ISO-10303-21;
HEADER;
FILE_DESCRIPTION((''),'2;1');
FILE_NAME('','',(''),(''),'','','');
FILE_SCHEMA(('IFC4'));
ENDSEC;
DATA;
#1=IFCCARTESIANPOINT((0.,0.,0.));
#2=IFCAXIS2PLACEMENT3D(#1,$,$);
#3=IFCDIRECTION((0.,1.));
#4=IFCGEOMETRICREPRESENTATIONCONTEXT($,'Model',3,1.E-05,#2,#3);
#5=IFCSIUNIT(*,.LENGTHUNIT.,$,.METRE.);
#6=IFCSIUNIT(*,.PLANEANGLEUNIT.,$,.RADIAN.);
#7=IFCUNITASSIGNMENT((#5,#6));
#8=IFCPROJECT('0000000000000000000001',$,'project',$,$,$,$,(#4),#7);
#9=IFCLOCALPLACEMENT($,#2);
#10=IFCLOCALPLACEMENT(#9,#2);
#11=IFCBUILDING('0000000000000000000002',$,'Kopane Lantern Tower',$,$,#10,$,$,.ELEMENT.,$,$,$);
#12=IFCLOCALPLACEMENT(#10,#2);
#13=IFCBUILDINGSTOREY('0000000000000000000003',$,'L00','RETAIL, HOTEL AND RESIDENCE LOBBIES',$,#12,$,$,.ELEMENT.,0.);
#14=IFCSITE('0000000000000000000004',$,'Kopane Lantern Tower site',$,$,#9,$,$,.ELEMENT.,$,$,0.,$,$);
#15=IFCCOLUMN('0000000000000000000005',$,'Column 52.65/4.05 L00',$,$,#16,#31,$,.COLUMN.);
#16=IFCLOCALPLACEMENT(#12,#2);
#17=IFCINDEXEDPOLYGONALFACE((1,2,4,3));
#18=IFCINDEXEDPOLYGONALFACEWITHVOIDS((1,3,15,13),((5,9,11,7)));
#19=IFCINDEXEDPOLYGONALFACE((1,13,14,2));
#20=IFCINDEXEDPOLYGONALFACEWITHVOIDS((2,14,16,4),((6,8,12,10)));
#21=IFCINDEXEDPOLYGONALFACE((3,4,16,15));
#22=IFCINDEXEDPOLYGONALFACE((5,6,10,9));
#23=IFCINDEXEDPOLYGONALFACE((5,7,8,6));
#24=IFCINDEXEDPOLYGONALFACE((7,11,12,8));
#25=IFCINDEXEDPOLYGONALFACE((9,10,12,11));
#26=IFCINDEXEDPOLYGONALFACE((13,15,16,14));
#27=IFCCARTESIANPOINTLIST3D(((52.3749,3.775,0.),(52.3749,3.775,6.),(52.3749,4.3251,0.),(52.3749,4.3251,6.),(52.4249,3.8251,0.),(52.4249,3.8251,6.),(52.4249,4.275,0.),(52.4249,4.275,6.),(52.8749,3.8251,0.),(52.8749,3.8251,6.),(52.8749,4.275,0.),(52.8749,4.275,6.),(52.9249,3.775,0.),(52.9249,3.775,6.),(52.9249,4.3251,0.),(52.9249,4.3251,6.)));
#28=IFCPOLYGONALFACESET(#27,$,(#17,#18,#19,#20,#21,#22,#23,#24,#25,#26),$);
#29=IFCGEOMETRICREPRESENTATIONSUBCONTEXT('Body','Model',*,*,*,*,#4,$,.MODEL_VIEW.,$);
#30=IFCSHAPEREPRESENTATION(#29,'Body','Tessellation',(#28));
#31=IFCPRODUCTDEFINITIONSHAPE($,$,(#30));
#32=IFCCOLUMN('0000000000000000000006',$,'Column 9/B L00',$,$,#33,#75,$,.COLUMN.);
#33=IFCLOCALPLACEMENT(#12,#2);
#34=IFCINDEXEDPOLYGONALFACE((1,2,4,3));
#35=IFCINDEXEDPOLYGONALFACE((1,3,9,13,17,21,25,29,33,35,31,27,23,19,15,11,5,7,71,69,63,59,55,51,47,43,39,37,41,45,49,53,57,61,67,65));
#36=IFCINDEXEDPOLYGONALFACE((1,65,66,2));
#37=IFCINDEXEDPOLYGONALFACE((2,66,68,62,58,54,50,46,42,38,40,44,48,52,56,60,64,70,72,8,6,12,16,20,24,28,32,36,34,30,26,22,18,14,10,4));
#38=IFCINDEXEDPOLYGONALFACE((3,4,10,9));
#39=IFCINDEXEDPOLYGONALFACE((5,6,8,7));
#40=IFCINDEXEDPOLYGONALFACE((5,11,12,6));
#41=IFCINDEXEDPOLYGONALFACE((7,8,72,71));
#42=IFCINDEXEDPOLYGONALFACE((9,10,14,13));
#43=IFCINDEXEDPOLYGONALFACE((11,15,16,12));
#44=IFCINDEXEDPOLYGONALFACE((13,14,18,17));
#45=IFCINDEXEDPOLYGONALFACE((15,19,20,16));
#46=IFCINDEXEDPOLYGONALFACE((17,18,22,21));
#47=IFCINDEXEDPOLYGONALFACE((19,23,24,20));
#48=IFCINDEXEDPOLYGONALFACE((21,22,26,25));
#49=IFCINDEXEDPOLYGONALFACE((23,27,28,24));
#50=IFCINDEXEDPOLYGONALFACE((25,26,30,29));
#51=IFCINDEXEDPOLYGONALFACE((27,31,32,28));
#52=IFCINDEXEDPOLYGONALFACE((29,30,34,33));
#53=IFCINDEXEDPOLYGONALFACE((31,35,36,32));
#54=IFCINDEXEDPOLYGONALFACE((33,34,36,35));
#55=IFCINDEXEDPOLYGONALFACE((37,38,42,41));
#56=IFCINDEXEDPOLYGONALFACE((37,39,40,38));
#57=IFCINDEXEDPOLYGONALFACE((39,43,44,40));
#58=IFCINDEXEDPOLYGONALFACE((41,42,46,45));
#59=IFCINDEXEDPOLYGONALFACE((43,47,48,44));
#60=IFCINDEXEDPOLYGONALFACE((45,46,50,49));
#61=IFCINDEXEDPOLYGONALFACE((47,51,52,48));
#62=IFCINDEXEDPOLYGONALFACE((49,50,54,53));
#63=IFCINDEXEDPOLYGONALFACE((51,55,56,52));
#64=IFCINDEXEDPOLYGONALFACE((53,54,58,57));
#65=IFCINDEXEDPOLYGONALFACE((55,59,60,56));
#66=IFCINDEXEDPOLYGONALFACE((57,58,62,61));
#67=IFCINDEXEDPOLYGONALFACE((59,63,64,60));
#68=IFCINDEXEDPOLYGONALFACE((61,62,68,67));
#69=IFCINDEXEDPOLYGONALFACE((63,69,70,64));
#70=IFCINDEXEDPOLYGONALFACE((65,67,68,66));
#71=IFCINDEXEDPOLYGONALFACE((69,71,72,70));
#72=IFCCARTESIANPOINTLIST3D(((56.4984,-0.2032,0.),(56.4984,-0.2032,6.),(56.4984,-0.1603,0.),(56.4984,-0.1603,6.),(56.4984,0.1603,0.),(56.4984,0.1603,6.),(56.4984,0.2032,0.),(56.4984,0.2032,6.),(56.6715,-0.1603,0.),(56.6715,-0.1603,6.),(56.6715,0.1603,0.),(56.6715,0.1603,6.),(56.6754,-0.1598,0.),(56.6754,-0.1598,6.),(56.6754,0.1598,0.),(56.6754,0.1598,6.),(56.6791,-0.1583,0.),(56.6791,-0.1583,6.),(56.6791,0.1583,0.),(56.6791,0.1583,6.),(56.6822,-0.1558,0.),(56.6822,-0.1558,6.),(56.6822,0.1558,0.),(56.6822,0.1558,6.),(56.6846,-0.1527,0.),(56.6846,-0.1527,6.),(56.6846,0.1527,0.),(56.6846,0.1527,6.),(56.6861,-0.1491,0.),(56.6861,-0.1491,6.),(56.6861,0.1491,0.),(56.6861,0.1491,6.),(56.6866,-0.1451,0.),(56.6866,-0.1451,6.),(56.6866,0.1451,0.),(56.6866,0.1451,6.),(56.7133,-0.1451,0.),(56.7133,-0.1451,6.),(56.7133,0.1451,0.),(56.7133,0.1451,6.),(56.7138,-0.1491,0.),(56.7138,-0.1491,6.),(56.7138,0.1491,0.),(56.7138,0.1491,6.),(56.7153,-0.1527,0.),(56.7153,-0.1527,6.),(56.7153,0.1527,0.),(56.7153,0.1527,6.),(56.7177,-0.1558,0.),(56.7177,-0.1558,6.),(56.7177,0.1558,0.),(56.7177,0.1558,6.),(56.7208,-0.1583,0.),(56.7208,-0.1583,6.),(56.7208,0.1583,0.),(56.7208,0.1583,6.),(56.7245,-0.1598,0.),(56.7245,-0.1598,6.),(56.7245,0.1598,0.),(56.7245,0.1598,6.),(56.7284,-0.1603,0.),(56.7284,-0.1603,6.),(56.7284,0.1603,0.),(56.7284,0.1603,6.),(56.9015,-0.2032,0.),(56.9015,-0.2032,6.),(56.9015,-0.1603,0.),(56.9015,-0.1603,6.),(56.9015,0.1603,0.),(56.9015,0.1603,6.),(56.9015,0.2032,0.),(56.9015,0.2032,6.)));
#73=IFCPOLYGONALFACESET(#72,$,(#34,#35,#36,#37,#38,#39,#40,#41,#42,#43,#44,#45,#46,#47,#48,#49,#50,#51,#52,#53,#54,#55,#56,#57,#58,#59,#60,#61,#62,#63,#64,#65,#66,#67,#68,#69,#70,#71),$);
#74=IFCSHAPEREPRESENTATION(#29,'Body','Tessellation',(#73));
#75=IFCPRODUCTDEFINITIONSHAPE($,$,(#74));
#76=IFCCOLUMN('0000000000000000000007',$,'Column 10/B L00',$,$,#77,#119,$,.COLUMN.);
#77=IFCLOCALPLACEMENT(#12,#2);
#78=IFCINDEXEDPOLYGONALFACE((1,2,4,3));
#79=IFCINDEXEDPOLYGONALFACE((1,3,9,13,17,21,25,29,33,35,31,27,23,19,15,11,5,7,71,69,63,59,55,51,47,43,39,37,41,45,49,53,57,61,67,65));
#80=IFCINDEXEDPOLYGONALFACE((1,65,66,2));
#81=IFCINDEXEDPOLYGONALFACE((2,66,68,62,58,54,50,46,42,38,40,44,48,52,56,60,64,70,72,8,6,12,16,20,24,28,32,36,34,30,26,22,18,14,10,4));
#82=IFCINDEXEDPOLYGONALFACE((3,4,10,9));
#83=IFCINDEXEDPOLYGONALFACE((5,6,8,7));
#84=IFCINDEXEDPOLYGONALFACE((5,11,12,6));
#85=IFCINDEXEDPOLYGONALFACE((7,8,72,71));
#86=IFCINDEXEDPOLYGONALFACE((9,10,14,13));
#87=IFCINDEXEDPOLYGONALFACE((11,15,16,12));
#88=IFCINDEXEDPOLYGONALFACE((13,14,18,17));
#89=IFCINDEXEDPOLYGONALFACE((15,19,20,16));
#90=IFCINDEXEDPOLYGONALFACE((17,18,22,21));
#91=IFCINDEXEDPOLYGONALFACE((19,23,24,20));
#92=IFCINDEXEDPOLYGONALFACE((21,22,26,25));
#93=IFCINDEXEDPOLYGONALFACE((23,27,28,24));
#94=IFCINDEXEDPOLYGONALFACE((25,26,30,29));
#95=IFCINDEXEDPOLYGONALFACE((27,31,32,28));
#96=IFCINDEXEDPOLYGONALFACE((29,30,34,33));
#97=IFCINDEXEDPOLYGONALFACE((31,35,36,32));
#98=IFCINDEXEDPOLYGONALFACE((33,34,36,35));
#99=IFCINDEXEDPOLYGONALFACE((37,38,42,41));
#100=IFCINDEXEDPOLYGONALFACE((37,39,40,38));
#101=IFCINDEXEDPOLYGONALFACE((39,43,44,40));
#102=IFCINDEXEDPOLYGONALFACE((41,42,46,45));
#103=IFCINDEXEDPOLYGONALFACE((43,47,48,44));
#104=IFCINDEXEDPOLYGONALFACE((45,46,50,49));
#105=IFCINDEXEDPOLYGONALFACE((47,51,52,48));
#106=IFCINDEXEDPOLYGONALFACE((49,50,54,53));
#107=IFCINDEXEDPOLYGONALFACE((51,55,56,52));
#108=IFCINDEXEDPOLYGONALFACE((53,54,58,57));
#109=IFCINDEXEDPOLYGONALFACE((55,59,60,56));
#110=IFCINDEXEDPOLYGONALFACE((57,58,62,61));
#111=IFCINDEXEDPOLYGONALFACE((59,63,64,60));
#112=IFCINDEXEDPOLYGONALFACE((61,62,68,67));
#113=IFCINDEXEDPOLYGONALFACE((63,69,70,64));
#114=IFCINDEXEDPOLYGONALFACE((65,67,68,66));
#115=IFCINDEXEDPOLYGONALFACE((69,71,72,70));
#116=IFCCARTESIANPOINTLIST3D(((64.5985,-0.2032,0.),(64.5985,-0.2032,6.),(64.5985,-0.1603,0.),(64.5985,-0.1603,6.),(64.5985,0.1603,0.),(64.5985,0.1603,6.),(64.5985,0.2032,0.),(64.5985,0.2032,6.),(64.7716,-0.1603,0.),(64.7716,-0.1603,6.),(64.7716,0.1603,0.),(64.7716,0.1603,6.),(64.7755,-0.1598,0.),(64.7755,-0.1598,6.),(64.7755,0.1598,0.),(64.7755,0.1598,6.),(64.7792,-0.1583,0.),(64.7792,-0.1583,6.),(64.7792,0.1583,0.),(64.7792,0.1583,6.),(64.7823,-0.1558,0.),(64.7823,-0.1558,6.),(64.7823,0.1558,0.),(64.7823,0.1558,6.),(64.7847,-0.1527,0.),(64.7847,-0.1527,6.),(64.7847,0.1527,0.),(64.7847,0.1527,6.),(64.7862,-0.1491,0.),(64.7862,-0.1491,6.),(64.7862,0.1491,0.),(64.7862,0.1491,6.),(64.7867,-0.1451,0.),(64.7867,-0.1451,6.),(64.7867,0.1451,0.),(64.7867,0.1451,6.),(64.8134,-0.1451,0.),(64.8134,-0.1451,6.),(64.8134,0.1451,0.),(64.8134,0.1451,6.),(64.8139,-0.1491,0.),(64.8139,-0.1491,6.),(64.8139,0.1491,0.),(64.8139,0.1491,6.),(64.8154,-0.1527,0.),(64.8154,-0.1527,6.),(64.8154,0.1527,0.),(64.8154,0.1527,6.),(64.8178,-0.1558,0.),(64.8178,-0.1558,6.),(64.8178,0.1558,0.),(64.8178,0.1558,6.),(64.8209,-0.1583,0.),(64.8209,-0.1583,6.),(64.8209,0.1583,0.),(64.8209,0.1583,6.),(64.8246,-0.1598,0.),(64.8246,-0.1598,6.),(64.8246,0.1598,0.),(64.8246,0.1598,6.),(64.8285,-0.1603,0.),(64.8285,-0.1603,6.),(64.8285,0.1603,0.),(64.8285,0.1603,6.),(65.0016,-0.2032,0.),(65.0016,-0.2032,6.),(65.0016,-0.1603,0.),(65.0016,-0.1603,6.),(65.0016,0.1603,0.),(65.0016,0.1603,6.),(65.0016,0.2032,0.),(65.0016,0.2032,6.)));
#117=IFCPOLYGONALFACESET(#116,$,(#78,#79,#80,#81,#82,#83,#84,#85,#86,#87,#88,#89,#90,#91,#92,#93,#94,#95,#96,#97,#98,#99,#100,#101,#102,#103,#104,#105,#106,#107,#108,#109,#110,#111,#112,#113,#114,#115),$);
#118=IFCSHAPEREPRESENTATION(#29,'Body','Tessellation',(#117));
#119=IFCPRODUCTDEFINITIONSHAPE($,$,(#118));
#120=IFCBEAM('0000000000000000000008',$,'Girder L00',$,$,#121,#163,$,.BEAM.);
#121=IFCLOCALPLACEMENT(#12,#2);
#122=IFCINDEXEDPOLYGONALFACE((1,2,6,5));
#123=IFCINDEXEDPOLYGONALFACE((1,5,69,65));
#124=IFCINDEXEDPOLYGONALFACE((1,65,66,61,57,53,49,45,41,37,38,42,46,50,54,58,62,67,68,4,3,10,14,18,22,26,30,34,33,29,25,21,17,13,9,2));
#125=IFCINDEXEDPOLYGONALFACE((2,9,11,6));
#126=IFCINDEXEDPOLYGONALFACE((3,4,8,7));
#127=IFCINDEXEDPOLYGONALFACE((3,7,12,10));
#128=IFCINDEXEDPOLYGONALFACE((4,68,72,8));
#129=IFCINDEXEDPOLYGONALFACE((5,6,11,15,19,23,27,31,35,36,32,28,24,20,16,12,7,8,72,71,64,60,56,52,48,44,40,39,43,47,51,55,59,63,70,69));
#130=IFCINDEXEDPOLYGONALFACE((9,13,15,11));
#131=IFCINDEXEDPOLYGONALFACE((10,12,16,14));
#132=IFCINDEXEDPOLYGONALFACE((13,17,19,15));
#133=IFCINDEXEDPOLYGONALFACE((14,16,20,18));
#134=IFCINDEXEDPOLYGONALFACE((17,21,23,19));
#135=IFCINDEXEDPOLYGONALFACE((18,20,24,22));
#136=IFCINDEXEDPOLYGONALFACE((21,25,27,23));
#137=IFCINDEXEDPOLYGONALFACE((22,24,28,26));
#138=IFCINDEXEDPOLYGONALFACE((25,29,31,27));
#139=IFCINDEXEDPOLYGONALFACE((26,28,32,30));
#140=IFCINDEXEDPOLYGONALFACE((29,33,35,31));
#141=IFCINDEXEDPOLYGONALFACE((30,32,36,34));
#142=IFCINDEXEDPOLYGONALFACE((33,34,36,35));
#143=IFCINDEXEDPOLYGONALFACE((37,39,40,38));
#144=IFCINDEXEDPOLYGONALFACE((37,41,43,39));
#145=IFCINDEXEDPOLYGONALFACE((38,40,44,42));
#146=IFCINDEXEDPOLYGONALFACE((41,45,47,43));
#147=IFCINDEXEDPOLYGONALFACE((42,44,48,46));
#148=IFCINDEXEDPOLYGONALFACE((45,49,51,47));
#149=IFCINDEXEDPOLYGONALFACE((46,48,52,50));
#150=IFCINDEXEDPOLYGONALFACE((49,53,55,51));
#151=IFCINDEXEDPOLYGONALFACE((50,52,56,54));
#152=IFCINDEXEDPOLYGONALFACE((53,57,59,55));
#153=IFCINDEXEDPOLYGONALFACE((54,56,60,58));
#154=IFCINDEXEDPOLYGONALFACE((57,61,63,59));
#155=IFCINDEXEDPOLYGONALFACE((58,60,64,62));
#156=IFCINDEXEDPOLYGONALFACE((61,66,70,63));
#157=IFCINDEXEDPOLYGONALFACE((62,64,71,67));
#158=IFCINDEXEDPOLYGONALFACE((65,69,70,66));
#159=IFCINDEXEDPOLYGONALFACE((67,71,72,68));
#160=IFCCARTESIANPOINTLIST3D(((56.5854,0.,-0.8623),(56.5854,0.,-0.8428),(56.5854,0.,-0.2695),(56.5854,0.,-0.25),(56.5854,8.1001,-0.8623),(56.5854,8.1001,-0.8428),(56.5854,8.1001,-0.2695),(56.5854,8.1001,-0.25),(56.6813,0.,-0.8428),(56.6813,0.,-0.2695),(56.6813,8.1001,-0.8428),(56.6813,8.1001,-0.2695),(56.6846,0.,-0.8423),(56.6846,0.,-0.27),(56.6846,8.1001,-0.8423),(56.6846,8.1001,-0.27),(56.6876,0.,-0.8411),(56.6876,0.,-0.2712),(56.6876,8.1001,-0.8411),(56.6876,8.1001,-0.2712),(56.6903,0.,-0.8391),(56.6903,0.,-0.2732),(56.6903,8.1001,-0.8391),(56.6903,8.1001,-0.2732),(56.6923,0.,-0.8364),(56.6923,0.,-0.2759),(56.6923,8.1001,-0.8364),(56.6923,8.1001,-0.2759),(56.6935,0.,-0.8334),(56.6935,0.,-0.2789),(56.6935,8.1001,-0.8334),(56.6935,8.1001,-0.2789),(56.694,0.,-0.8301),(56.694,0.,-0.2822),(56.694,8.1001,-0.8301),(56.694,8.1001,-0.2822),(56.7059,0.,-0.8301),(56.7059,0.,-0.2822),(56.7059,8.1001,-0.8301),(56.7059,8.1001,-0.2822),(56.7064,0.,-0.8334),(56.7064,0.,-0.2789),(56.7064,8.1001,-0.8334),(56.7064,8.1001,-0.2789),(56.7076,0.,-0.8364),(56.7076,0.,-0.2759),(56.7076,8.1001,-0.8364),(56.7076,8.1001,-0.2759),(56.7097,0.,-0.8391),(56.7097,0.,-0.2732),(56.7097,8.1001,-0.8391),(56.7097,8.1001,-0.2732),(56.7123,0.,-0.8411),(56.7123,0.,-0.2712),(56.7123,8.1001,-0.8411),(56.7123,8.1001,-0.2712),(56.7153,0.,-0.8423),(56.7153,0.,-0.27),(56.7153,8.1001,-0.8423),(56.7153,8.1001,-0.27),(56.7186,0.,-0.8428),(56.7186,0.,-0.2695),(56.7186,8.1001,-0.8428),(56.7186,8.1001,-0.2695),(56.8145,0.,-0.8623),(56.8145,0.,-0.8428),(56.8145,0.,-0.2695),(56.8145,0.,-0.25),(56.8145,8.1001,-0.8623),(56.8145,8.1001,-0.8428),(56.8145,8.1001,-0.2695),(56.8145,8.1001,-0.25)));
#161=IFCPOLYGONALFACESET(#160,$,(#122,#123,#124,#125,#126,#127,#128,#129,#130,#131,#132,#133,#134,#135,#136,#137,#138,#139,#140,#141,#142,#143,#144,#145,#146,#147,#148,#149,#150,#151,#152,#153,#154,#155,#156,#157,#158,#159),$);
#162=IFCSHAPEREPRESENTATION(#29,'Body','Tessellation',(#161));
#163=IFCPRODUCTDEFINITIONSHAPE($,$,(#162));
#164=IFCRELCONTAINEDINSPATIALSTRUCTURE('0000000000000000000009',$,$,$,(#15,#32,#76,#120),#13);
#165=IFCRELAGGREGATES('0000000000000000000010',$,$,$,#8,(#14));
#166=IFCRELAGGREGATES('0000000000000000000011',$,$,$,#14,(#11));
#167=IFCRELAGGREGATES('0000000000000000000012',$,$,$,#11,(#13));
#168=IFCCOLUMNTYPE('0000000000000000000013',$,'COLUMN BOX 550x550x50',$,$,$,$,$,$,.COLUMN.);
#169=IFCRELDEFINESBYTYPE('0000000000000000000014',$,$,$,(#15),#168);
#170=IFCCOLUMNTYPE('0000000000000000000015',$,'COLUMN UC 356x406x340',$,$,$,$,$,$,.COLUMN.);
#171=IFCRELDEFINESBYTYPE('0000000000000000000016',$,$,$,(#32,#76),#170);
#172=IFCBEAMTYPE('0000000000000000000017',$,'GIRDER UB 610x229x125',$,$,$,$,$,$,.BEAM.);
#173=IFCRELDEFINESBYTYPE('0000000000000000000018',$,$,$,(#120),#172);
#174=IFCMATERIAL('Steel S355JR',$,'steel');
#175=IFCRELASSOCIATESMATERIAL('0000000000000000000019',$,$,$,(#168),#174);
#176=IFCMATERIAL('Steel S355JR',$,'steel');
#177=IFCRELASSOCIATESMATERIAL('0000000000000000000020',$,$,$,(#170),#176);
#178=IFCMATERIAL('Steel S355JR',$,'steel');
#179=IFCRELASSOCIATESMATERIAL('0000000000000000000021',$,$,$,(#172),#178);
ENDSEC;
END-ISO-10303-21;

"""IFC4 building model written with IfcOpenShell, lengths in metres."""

from ifc_helpers import new_model, si_unit, direction, frame, origin, origin_2d, place, context, subcontext, project, spatial, hollow_rectangle, i_section, extrude, material, material_profile, profile_set, type_object, element, save


model = new_model("IFC4")

# Units and contexts
model_context = context("Model", 3, precision=1e-05, world=origin(), true_north=direction((0.0, 1.0)))
body_context = subcontext(model_context, "Body", "Model", "MODEL_VIEW")
ifc_project = project(units=[si_unit("LENGTHUNIT", "METRE"), si_unit("PLANEANGLEUNIT", "RADIAN")], contexts=[model_context])

# Site, building, storey
site_placement = place(None, origin())
site = spatial("IfcSite", under=ifc_project, at=site_placement, Name="Kopane Lantern Tower site", CompositionType="ELEMENT", RefElevation=0.0)
building_placement = place(site_placement, origin())
building = spatial("IfcBuilding", under=site, at=building_placement, Name="Kopane Lantern Tower", CompositionType="ELEMENT")
storey_placement = place(building_placement, origin())
storey = spatial("IfcBuildingStorey", under=building, at=storey_placement, Name="L00", Description="RETAIL, HOTEL AND RESIDENCE LOBBIES", CompositionType="ELEMENT", Elevation=0.0)

# Columns
ifc_material_1 = material(Name="Steel S355JR", Category="steel")
ifc_material_profile_1 = material_profile(ifc_material_1, hollow_rectangle(XDim=0.55, YDim=0.55, WallThickness=0.05, at=origin_2d()), Name="BOX 550x550x50")
ifc_profile_set_1 = profile_set([ifc_material_profile_1], Name="Steel S355JR")
column_type_1 = type_object("IfcColumnType", Name="COLUMN BOX 550x550x50", PredefinedType="COLUMN", material=ifc_profile_set_1)
column_placement = place(storey_placement, frame((52.6499, 4.05, 0.0), z_axis=(0.0, 0.0, 1.0), x_axis=(1.0, 0.0, 0.0)))
element("IfcColumn", 1, at=column_placement, inside=storey, type_object=column_type_1, Name="Column 52.65/4.05 L00", PredefinedType="COLUMN", context=body_context, shape_type="SweptSolid", body=[
    extrude(hollow_rectangle(XDim=0.55, YDim=0.55, WallThickness=0.05, at=origin_2d()), origin(), (0.0, 0.0, 1.0), 6.0),
])
ifc_material_2 = material(Name="Steel S355JR", Category="steel")
ifc_material_profile_2 = material_profile(ifc_material_2, i_section(OverallWidth=0.4031, OverallDepth=0.4065, WebThickness=0.0266, FlangeThickness=0.043, FilletRadius=0.0151, at=origin_2d()), Name="UC 356x406x340")
ifc_profile_set_2 = profile_set([ifc_material_profile_2], Name="Steel S355JR")
column_type_2 = type_object("IfcColumnType", Name="COLUMN UC 356x406x340", PredefinedType="COLUMN", material=ifc_profile_set_2)
for number, where, z_axis, x_axis, name in (
    (2, (56.7, 0.0, 0.0), (0.0, 0.0, 1.0), (1.0, 0.0, 0.0), "Column 9/B L00"),
    (3, (64.8, 0.0, 0.0), (0.0, 0.0, 1.0), (1.0, 0.0, 0.0), "Column 10/B L00"),
):
    element("IfcColumn", number, at=place(storey_placement, frame(where, z_axis=z_axis, x_axis=x_axis)), inside=storey, type_object=column_type_2, Name=name, PredefinedType="COLUMN", context=body_context, shape_type="SweptSolid", body=[
        extrude(i_section(OverallWidth=0.4031, OverallDepth=0.4065, WebThickness=0.0266, FlangeThickness=0.043, FilletRadius=0.0151, at=origin_2d()), origin(), (0.0, 0.0, 1.0), 6.0),
    ])

# Beam
ifc_material_3 = material(Name="Steel S355JR", Category="steel")
ifc_material_profile_3 = material_profile(ifc_material_3, i_section(OverallWidth=0.229, OverallDepth=0.6123, WebThickness=0.012, FlangeThickness=0.0195, FilletRadius=0.0127, at=origin_2d()), Name="UB 610x229x125")
ifc_profile_set_3 = profile_set([ifc_material_profile_3], Name="Steel S355JR")
beam_type = type_object("IfcBeamType", Name="GIRDER UB 610x229x125", PredefinedType="BEAM", material=ifc_profile_set_3)
for number, where, z_axis, x_axis, name in (
    (4, (56.7, 0.0, -0.5562), (0.0, 1.0, 0.0), (-1.0, 0.0, 0.0), "Girder L00"),
):
    element("IfcBeam", number, at=place(storey_placement, frame(where, z_axis=z_axis, x_axis=x_axis)), inside=storey, type_object=beam_type, Name=name, PredefinedType="BEAM", context=body_context, shape_type="SweptSolid", body=[
        extrude(i_section(OverallWidth=0.229, OverallDepth=0.6123, WebThickness=0.012, FlangeThickness=0.0195, FilletRadius=0.0127, at=origin_2d()), origin(), (0.0, 0.0, 1.0), 8.1001),
    ])

save(model, "model.ifc")
